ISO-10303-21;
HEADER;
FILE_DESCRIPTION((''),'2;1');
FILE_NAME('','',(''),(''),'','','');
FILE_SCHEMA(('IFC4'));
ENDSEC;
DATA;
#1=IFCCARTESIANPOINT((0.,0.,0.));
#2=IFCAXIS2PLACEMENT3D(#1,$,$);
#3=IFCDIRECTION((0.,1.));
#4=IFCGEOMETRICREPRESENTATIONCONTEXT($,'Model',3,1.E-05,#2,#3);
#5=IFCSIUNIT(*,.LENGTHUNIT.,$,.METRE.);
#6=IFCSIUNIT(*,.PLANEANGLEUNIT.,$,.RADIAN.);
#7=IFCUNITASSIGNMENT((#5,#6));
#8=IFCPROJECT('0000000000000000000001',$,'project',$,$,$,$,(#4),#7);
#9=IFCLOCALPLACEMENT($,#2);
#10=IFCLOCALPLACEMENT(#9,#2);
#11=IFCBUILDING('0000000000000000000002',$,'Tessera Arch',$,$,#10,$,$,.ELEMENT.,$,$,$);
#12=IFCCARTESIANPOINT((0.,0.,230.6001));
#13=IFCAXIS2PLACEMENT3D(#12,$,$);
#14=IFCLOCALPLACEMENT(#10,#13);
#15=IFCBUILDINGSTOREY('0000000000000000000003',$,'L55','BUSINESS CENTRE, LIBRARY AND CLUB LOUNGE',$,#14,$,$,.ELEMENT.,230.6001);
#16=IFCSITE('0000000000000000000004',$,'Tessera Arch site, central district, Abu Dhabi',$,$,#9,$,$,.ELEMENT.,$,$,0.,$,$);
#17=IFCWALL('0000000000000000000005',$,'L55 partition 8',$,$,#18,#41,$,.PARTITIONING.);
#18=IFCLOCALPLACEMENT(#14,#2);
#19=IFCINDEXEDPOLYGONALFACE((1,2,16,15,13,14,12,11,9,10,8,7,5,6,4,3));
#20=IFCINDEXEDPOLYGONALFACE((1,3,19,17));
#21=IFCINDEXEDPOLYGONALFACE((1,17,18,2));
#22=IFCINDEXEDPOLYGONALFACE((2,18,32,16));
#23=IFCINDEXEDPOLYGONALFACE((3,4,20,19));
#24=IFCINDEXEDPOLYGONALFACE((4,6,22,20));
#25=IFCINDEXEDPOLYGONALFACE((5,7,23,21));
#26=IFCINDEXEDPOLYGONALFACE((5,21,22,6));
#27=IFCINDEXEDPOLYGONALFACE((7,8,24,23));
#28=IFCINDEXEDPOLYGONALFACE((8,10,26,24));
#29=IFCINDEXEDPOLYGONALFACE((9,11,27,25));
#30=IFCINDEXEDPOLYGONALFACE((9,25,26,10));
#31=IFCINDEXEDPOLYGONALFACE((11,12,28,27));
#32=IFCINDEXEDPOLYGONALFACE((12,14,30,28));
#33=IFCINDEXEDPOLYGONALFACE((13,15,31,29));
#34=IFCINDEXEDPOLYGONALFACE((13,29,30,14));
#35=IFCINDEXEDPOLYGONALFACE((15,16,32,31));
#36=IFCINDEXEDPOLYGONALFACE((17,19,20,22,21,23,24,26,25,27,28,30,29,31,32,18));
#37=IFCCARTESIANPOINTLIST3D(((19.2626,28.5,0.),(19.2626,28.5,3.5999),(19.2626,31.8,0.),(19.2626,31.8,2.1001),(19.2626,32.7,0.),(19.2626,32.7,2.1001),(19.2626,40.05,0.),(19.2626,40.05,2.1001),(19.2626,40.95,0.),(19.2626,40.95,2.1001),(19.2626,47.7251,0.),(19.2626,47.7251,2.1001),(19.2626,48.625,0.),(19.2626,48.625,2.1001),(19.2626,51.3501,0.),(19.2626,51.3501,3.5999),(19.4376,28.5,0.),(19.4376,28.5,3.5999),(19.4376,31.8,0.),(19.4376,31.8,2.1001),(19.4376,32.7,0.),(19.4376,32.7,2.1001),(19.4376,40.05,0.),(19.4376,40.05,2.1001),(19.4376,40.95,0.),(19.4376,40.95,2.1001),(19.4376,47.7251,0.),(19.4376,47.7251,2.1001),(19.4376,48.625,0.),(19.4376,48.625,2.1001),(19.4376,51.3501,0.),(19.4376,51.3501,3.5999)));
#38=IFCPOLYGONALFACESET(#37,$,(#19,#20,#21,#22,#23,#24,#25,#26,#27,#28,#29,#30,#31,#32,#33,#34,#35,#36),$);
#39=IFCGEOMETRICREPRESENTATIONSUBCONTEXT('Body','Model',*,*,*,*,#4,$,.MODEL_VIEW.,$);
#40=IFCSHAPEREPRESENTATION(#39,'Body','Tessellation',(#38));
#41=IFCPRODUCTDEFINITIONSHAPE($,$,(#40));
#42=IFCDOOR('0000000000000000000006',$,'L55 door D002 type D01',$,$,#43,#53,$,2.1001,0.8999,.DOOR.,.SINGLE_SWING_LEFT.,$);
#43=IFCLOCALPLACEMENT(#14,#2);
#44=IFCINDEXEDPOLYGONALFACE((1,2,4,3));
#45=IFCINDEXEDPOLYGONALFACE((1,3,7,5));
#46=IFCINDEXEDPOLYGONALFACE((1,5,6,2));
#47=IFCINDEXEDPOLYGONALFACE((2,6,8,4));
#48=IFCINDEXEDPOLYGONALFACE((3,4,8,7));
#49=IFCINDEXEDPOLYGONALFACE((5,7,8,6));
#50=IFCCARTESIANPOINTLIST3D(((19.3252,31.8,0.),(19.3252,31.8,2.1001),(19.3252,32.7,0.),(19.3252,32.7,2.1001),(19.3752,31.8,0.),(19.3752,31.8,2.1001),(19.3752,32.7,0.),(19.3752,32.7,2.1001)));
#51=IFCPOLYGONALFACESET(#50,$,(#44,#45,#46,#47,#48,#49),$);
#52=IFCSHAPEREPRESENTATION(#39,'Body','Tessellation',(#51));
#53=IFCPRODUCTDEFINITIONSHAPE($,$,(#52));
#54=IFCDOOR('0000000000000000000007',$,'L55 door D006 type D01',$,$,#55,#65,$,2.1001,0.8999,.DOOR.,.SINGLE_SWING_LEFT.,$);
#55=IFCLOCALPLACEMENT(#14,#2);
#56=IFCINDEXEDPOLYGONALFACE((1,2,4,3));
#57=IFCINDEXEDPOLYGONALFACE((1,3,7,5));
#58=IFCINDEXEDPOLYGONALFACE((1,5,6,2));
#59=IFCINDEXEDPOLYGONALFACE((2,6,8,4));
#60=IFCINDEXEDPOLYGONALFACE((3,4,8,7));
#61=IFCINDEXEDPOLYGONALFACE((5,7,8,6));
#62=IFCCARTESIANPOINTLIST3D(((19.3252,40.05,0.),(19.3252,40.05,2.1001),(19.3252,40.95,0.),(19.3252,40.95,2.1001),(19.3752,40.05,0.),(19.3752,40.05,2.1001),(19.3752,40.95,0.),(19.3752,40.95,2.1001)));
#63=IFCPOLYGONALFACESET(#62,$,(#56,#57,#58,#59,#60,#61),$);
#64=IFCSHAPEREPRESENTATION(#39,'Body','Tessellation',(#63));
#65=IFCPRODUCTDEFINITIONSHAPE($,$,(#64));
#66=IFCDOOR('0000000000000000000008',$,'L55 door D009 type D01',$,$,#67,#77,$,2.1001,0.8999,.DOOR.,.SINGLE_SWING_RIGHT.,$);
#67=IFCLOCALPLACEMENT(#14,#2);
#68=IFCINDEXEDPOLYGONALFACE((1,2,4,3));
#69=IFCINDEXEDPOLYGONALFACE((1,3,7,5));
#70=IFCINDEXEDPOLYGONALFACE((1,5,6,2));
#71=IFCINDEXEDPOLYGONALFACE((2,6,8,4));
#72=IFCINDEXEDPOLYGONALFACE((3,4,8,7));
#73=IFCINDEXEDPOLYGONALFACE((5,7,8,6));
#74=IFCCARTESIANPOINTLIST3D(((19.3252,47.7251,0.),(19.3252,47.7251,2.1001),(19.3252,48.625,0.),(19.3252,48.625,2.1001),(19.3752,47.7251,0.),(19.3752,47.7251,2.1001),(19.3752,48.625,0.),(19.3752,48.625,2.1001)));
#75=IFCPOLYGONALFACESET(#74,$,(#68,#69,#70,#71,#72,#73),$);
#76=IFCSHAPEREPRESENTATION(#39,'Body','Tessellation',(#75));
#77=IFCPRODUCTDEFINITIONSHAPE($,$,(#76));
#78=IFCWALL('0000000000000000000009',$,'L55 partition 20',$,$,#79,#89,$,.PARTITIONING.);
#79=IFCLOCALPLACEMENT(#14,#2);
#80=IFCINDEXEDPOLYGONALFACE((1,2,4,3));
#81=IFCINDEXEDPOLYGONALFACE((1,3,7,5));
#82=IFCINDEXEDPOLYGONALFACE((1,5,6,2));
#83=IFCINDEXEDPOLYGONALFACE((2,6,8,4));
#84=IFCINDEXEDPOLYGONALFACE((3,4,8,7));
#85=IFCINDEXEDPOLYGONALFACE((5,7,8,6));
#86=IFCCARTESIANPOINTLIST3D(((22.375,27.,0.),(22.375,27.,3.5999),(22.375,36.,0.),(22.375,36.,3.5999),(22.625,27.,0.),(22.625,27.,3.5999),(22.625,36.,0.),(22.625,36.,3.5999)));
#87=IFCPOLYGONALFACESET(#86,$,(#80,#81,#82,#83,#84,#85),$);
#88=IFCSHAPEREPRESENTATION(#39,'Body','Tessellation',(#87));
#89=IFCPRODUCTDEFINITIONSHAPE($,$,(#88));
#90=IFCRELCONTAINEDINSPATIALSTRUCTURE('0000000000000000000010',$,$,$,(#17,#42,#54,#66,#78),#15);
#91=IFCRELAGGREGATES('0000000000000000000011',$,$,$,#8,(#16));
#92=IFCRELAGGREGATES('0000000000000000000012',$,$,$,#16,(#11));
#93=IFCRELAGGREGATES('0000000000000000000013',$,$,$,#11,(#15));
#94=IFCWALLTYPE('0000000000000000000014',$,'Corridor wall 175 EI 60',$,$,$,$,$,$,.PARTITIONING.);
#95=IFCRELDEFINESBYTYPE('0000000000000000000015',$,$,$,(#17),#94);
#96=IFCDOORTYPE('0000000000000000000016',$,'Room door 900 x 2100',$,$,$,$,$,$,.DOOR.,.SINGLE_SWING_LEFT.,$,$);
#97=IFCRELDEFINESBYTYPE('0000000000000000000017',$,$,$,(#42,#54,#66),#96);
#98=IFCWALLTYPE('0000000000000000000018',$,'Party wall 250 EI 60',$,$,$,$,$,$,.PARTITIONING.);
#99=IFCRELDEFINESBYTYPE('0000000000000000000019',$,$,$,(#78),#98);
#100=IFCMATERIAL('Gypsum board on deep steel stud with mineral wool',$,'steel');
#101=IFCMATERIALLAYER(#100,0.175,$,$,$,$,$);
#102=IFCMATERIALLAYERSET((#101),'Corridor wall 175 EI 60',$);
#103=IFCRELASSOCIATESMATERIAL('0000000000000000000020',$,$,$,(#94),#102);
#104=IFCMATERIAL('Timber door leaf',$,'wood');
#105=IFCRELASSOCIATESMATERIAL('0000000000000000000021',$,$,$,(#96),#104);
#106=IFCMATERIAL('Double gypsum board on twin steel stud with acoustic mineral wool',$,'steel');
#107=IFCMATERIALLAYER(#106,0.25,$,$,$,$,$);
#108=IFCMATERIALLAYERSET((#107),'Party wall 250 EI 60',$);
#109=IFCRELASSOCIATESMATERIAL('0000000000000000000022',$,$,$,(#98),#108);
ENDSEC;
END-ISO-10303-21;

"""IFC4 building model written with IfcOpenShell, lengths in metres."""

from ifc_helpers import new_model, si_unit, direction, frame, frame_2d, origin, place, context, subcontext, project, spatial, rectangle, extrude, material, layer, layer_set, type_object, element, fill, save


model = new_model("IFC4")

# Units and contexts
model_context = context("Model", 3, precision=1e-05, world=origin(), true_north=direction((0.0, 1.0)))
body_context = subcontext(model_context, "Body", "Model", "MODEL_VIEW")
ifc_project = project(units=[si_unit("LENGTHUNIT", "METRE"), si_unit("PLANEANGLEUNIT", "RADIAN")], contexts=[model_context])

# Site, building, storey
site_placement = place(None, origin())
site = spatial("IfcSite", under=ifc_project, at=site_placement, Name="Tessera Arch site, central district, Abu Dhabi", CompositionType="ELEMENT", RefElevation=0.0)
building_placement = place(site_placement, origin())
building = spatial("IfcBuilding", under=site, at=building_placement, Name="Tessera Arch", CompositionType="ELEMENT")
storey_placement = place(building_placement, frame((0.0, 0.0, 230.6001)))
storey = spatial("IfcBuildingStorey", under=building, at=storey_placement, Name="L55", Description="BUSINESS CENTRE, LIBRARY AND CLUB LOUNGE", CompositionType="ELEMENT", Elevation=230.6001)

# Shared definitions
ifc_material_1 = material(Name="Gypsum board on deep steel stud with mineral wool", Category="steel")
ifc_layer_1 = layer(ifc_material_1, 0.175)
ifc_layer_set_1 = layer_set([ifc_layer_1], Name="Corridor wall 175 EI 60")
wall_type_1 = type_object("IfcWallType", Name="Corridor wall 175 EI 60", PredefinedType="PARTITIONING", material=ifc_layer_set_1)

# Wall, openings, doors
wall_1_placement = place(storey_placement, frame((19.3501, 28.5, 0.0), z_axis=(0.0, 0.0, 1.0), x_axis=(0.0, 1.0, 0.0)))
wall_1 = element("IfcWall", 1, at=wall_1_placement, inside=storey, type_object=wall_type_1, Name="L55 partition 8", PredefinedType="PARTITIONING", context=body_context, shape_type="SweptSolid", body=[
    extrude(rectangle(XDim=22.8501, YDim=0.175, at=frame_2d((11.425, 0.0))), origin(), (0.0, 0.0, 1.0), 3.5999),
])
opening_1_placement = place(wall_1_placement, frame((3.3, 0.0, 0.0)))
opening_1 = element("IfcOpeningElement", 2, at=opening_1_placement, cuts=wall_1, PredefinedType="OPENING", context=body_context, shape_type="SweptSolid", body=[
    extrude(rectangle(XDim=0.8999, YDim=2.1001, at=frame_2d((0.45, 1.05))), frame((0.0, 0.0974, 0.0), z_axis=(0.0, -1.0, 0.0), x_axis=(1.0, 0.0, 0.0)), (0.0, 0.0, 1.0), 0.1951),
])
opening_2_placement = place(wall_1_placement, frame((11.55, 0.0, 0.0)))
opening_2 = element("IfcOpeningElement", 3, at=opening_2_placement, cuts=wall_1, PredefinedType="OPENING", context=body_context, shape_type="SweptSolid", body=[
    extrude(rectangle(XDim=0.8999, YDim=2.1001, at=frame_2d((0.45, 1.05))), frame((0.0, 0.0974, 0.0), z_axis=(0.0, -1.0, 0.0), x_axis=(1.0, 0.0, 0.0)), (0.0, 0.0, 1.0), 0.1951),
])
opening_3_placement = place(wall_1_placement, frame((19.2251, 0.0, 0.0)))
opening_3 = element("IfcOpeningElement", 4, at=opening_3_placement, cuts=wall_1, PredefinedType="OPENING", context=body_context, shape_type="SweptSolid", body=[
    extrude(rectangle(XDim=0.8999, YDim=2.1001, at=frame_2d((0.45, 1.05))), frame((0.0, 0.0974, 0.0), z_axis=(0.0, -1.0, 0.0), x_axis=(1.0, 0.0, 0.0)), (0.0, 0.0, 1.0), 0.1951),
])
ifc_material_2 = material(Name="Timber door leaf", Category="wood")
door_type = type_object("IfcDoorType", Name="Room door 900 x 2100", OperationType="SINGLE_SWING_LEFT", PredefinedType="DOOR", material=ifc_material_2)
door_1_placement = place(opening_1_placement, origin())
door_1 = element("IfcDoor", 5, at=door_1_placement, inside=storey, type_object=door_type, Name="L55 door D002 type D01", OperationType="SINGLE_SWING_LEFT", OverallHeight=2.1001, OverallWidth=0.8999, PredefinedType="DOOR", context=body_context, shape_type="SweptSolid", body=[
    extrude(rectangle(XDim=0.8999, YDim=2.1001, at=frame_2d((0.45, 1.05))), frame((0.0, 0.0249, 0.0), z_axis=(0.0, -1.0, 0.0), x_axis=(1.0, 0.0, 0.0)), (0.0, 0.0, 1.0), 0.05),
])
fill(opening_1, door_1)
door_2_placement = place(opening_2_placement, origin())
door_2 = element("IfcDoor", 6, at=door_2_placement, inside=storey, type_object=door_type, Name="L55 door D006 type D01", OperationType="SINGLE_SWING_LEFT", OverallHeight=2.1001, OverallWidth=0.8999, PredefinedType="DOOR", context=body_context, shape_type="SweptSolid", body=[
    extrude(rectangle(XDim=0.8999, YDim=2.1001, at=frame_2d((0.45, 1.05))), frame((0.0, 0.0249, 0.0), z_axis=(0.0, -1.0, 0.0), x_axis=(1.0, 0.0, 0.0)), (0.0, 0.0, 1.0), 0.05),
])
fill(opening_2, door_2)
door_3_placement = place(opening_3_placement, origin())
door_3 = element("IfcDoor", 7, at=door_3_placement, inside=storey, type_object=door_type, Name="L55 door D009 type D01", OperationType="SINGLE_SWING_RIGHT", OverallHeight=2.1001, OverallWidth=0.8999, PredefinedType="DOOR", context=body_context, shape_type="SweptSolid", body=[
    extrude(rectangle(XDim=0.8999, YDim=2.1001, at=frame_2d((0.45, 1.05))), frame((0.0, 0.0249, 0.0), z_axis=(0.0, -1.0, 0.0), x_axis=(1.0, 0.0, 0.0)), (0.0, 0.0, 1.0), 0.05),
])
fill(opening_3, door_3)

# Wall
ifc_material_3 = material(Name="Double gypsum board on twin steel stud with acoustic mineral wool", Category="steel")
ifc_layer_2 = layer(ifc_material_3, 0.25)
ifc_layer_set_2 = layer_set([ifc_layer_2], Name="Party wall 250 EI 60")
wall_type_2 = type_object("IfcWallType", Name="Party wall 250 EI 60", PredefinedType="PARTITIONING", material=ifc_layer_set_2)
wall_2_placement = place(storey_placement, frame((22.5, 27.0, 0.0), z_axis=(0.0, 0.0, 1.0), x_axis=(0.0, 1.0, 0.0)))
element("IfcWall", 8, at=wall_2_placement, inside=storey, type_object=wall_type_2, Name="L55 partition 20", PredefinedType="PARTITIONING", context=body_context, shape_type="SweptSolid", body=[
    extrude(rectangle(XDim=9.0, YDim=0.25, at=frame_2d((4.5, 0.0))), origin(), (0.0, 0.0, 1.0), 3.5999),
])

save(model, "model.ifc")
